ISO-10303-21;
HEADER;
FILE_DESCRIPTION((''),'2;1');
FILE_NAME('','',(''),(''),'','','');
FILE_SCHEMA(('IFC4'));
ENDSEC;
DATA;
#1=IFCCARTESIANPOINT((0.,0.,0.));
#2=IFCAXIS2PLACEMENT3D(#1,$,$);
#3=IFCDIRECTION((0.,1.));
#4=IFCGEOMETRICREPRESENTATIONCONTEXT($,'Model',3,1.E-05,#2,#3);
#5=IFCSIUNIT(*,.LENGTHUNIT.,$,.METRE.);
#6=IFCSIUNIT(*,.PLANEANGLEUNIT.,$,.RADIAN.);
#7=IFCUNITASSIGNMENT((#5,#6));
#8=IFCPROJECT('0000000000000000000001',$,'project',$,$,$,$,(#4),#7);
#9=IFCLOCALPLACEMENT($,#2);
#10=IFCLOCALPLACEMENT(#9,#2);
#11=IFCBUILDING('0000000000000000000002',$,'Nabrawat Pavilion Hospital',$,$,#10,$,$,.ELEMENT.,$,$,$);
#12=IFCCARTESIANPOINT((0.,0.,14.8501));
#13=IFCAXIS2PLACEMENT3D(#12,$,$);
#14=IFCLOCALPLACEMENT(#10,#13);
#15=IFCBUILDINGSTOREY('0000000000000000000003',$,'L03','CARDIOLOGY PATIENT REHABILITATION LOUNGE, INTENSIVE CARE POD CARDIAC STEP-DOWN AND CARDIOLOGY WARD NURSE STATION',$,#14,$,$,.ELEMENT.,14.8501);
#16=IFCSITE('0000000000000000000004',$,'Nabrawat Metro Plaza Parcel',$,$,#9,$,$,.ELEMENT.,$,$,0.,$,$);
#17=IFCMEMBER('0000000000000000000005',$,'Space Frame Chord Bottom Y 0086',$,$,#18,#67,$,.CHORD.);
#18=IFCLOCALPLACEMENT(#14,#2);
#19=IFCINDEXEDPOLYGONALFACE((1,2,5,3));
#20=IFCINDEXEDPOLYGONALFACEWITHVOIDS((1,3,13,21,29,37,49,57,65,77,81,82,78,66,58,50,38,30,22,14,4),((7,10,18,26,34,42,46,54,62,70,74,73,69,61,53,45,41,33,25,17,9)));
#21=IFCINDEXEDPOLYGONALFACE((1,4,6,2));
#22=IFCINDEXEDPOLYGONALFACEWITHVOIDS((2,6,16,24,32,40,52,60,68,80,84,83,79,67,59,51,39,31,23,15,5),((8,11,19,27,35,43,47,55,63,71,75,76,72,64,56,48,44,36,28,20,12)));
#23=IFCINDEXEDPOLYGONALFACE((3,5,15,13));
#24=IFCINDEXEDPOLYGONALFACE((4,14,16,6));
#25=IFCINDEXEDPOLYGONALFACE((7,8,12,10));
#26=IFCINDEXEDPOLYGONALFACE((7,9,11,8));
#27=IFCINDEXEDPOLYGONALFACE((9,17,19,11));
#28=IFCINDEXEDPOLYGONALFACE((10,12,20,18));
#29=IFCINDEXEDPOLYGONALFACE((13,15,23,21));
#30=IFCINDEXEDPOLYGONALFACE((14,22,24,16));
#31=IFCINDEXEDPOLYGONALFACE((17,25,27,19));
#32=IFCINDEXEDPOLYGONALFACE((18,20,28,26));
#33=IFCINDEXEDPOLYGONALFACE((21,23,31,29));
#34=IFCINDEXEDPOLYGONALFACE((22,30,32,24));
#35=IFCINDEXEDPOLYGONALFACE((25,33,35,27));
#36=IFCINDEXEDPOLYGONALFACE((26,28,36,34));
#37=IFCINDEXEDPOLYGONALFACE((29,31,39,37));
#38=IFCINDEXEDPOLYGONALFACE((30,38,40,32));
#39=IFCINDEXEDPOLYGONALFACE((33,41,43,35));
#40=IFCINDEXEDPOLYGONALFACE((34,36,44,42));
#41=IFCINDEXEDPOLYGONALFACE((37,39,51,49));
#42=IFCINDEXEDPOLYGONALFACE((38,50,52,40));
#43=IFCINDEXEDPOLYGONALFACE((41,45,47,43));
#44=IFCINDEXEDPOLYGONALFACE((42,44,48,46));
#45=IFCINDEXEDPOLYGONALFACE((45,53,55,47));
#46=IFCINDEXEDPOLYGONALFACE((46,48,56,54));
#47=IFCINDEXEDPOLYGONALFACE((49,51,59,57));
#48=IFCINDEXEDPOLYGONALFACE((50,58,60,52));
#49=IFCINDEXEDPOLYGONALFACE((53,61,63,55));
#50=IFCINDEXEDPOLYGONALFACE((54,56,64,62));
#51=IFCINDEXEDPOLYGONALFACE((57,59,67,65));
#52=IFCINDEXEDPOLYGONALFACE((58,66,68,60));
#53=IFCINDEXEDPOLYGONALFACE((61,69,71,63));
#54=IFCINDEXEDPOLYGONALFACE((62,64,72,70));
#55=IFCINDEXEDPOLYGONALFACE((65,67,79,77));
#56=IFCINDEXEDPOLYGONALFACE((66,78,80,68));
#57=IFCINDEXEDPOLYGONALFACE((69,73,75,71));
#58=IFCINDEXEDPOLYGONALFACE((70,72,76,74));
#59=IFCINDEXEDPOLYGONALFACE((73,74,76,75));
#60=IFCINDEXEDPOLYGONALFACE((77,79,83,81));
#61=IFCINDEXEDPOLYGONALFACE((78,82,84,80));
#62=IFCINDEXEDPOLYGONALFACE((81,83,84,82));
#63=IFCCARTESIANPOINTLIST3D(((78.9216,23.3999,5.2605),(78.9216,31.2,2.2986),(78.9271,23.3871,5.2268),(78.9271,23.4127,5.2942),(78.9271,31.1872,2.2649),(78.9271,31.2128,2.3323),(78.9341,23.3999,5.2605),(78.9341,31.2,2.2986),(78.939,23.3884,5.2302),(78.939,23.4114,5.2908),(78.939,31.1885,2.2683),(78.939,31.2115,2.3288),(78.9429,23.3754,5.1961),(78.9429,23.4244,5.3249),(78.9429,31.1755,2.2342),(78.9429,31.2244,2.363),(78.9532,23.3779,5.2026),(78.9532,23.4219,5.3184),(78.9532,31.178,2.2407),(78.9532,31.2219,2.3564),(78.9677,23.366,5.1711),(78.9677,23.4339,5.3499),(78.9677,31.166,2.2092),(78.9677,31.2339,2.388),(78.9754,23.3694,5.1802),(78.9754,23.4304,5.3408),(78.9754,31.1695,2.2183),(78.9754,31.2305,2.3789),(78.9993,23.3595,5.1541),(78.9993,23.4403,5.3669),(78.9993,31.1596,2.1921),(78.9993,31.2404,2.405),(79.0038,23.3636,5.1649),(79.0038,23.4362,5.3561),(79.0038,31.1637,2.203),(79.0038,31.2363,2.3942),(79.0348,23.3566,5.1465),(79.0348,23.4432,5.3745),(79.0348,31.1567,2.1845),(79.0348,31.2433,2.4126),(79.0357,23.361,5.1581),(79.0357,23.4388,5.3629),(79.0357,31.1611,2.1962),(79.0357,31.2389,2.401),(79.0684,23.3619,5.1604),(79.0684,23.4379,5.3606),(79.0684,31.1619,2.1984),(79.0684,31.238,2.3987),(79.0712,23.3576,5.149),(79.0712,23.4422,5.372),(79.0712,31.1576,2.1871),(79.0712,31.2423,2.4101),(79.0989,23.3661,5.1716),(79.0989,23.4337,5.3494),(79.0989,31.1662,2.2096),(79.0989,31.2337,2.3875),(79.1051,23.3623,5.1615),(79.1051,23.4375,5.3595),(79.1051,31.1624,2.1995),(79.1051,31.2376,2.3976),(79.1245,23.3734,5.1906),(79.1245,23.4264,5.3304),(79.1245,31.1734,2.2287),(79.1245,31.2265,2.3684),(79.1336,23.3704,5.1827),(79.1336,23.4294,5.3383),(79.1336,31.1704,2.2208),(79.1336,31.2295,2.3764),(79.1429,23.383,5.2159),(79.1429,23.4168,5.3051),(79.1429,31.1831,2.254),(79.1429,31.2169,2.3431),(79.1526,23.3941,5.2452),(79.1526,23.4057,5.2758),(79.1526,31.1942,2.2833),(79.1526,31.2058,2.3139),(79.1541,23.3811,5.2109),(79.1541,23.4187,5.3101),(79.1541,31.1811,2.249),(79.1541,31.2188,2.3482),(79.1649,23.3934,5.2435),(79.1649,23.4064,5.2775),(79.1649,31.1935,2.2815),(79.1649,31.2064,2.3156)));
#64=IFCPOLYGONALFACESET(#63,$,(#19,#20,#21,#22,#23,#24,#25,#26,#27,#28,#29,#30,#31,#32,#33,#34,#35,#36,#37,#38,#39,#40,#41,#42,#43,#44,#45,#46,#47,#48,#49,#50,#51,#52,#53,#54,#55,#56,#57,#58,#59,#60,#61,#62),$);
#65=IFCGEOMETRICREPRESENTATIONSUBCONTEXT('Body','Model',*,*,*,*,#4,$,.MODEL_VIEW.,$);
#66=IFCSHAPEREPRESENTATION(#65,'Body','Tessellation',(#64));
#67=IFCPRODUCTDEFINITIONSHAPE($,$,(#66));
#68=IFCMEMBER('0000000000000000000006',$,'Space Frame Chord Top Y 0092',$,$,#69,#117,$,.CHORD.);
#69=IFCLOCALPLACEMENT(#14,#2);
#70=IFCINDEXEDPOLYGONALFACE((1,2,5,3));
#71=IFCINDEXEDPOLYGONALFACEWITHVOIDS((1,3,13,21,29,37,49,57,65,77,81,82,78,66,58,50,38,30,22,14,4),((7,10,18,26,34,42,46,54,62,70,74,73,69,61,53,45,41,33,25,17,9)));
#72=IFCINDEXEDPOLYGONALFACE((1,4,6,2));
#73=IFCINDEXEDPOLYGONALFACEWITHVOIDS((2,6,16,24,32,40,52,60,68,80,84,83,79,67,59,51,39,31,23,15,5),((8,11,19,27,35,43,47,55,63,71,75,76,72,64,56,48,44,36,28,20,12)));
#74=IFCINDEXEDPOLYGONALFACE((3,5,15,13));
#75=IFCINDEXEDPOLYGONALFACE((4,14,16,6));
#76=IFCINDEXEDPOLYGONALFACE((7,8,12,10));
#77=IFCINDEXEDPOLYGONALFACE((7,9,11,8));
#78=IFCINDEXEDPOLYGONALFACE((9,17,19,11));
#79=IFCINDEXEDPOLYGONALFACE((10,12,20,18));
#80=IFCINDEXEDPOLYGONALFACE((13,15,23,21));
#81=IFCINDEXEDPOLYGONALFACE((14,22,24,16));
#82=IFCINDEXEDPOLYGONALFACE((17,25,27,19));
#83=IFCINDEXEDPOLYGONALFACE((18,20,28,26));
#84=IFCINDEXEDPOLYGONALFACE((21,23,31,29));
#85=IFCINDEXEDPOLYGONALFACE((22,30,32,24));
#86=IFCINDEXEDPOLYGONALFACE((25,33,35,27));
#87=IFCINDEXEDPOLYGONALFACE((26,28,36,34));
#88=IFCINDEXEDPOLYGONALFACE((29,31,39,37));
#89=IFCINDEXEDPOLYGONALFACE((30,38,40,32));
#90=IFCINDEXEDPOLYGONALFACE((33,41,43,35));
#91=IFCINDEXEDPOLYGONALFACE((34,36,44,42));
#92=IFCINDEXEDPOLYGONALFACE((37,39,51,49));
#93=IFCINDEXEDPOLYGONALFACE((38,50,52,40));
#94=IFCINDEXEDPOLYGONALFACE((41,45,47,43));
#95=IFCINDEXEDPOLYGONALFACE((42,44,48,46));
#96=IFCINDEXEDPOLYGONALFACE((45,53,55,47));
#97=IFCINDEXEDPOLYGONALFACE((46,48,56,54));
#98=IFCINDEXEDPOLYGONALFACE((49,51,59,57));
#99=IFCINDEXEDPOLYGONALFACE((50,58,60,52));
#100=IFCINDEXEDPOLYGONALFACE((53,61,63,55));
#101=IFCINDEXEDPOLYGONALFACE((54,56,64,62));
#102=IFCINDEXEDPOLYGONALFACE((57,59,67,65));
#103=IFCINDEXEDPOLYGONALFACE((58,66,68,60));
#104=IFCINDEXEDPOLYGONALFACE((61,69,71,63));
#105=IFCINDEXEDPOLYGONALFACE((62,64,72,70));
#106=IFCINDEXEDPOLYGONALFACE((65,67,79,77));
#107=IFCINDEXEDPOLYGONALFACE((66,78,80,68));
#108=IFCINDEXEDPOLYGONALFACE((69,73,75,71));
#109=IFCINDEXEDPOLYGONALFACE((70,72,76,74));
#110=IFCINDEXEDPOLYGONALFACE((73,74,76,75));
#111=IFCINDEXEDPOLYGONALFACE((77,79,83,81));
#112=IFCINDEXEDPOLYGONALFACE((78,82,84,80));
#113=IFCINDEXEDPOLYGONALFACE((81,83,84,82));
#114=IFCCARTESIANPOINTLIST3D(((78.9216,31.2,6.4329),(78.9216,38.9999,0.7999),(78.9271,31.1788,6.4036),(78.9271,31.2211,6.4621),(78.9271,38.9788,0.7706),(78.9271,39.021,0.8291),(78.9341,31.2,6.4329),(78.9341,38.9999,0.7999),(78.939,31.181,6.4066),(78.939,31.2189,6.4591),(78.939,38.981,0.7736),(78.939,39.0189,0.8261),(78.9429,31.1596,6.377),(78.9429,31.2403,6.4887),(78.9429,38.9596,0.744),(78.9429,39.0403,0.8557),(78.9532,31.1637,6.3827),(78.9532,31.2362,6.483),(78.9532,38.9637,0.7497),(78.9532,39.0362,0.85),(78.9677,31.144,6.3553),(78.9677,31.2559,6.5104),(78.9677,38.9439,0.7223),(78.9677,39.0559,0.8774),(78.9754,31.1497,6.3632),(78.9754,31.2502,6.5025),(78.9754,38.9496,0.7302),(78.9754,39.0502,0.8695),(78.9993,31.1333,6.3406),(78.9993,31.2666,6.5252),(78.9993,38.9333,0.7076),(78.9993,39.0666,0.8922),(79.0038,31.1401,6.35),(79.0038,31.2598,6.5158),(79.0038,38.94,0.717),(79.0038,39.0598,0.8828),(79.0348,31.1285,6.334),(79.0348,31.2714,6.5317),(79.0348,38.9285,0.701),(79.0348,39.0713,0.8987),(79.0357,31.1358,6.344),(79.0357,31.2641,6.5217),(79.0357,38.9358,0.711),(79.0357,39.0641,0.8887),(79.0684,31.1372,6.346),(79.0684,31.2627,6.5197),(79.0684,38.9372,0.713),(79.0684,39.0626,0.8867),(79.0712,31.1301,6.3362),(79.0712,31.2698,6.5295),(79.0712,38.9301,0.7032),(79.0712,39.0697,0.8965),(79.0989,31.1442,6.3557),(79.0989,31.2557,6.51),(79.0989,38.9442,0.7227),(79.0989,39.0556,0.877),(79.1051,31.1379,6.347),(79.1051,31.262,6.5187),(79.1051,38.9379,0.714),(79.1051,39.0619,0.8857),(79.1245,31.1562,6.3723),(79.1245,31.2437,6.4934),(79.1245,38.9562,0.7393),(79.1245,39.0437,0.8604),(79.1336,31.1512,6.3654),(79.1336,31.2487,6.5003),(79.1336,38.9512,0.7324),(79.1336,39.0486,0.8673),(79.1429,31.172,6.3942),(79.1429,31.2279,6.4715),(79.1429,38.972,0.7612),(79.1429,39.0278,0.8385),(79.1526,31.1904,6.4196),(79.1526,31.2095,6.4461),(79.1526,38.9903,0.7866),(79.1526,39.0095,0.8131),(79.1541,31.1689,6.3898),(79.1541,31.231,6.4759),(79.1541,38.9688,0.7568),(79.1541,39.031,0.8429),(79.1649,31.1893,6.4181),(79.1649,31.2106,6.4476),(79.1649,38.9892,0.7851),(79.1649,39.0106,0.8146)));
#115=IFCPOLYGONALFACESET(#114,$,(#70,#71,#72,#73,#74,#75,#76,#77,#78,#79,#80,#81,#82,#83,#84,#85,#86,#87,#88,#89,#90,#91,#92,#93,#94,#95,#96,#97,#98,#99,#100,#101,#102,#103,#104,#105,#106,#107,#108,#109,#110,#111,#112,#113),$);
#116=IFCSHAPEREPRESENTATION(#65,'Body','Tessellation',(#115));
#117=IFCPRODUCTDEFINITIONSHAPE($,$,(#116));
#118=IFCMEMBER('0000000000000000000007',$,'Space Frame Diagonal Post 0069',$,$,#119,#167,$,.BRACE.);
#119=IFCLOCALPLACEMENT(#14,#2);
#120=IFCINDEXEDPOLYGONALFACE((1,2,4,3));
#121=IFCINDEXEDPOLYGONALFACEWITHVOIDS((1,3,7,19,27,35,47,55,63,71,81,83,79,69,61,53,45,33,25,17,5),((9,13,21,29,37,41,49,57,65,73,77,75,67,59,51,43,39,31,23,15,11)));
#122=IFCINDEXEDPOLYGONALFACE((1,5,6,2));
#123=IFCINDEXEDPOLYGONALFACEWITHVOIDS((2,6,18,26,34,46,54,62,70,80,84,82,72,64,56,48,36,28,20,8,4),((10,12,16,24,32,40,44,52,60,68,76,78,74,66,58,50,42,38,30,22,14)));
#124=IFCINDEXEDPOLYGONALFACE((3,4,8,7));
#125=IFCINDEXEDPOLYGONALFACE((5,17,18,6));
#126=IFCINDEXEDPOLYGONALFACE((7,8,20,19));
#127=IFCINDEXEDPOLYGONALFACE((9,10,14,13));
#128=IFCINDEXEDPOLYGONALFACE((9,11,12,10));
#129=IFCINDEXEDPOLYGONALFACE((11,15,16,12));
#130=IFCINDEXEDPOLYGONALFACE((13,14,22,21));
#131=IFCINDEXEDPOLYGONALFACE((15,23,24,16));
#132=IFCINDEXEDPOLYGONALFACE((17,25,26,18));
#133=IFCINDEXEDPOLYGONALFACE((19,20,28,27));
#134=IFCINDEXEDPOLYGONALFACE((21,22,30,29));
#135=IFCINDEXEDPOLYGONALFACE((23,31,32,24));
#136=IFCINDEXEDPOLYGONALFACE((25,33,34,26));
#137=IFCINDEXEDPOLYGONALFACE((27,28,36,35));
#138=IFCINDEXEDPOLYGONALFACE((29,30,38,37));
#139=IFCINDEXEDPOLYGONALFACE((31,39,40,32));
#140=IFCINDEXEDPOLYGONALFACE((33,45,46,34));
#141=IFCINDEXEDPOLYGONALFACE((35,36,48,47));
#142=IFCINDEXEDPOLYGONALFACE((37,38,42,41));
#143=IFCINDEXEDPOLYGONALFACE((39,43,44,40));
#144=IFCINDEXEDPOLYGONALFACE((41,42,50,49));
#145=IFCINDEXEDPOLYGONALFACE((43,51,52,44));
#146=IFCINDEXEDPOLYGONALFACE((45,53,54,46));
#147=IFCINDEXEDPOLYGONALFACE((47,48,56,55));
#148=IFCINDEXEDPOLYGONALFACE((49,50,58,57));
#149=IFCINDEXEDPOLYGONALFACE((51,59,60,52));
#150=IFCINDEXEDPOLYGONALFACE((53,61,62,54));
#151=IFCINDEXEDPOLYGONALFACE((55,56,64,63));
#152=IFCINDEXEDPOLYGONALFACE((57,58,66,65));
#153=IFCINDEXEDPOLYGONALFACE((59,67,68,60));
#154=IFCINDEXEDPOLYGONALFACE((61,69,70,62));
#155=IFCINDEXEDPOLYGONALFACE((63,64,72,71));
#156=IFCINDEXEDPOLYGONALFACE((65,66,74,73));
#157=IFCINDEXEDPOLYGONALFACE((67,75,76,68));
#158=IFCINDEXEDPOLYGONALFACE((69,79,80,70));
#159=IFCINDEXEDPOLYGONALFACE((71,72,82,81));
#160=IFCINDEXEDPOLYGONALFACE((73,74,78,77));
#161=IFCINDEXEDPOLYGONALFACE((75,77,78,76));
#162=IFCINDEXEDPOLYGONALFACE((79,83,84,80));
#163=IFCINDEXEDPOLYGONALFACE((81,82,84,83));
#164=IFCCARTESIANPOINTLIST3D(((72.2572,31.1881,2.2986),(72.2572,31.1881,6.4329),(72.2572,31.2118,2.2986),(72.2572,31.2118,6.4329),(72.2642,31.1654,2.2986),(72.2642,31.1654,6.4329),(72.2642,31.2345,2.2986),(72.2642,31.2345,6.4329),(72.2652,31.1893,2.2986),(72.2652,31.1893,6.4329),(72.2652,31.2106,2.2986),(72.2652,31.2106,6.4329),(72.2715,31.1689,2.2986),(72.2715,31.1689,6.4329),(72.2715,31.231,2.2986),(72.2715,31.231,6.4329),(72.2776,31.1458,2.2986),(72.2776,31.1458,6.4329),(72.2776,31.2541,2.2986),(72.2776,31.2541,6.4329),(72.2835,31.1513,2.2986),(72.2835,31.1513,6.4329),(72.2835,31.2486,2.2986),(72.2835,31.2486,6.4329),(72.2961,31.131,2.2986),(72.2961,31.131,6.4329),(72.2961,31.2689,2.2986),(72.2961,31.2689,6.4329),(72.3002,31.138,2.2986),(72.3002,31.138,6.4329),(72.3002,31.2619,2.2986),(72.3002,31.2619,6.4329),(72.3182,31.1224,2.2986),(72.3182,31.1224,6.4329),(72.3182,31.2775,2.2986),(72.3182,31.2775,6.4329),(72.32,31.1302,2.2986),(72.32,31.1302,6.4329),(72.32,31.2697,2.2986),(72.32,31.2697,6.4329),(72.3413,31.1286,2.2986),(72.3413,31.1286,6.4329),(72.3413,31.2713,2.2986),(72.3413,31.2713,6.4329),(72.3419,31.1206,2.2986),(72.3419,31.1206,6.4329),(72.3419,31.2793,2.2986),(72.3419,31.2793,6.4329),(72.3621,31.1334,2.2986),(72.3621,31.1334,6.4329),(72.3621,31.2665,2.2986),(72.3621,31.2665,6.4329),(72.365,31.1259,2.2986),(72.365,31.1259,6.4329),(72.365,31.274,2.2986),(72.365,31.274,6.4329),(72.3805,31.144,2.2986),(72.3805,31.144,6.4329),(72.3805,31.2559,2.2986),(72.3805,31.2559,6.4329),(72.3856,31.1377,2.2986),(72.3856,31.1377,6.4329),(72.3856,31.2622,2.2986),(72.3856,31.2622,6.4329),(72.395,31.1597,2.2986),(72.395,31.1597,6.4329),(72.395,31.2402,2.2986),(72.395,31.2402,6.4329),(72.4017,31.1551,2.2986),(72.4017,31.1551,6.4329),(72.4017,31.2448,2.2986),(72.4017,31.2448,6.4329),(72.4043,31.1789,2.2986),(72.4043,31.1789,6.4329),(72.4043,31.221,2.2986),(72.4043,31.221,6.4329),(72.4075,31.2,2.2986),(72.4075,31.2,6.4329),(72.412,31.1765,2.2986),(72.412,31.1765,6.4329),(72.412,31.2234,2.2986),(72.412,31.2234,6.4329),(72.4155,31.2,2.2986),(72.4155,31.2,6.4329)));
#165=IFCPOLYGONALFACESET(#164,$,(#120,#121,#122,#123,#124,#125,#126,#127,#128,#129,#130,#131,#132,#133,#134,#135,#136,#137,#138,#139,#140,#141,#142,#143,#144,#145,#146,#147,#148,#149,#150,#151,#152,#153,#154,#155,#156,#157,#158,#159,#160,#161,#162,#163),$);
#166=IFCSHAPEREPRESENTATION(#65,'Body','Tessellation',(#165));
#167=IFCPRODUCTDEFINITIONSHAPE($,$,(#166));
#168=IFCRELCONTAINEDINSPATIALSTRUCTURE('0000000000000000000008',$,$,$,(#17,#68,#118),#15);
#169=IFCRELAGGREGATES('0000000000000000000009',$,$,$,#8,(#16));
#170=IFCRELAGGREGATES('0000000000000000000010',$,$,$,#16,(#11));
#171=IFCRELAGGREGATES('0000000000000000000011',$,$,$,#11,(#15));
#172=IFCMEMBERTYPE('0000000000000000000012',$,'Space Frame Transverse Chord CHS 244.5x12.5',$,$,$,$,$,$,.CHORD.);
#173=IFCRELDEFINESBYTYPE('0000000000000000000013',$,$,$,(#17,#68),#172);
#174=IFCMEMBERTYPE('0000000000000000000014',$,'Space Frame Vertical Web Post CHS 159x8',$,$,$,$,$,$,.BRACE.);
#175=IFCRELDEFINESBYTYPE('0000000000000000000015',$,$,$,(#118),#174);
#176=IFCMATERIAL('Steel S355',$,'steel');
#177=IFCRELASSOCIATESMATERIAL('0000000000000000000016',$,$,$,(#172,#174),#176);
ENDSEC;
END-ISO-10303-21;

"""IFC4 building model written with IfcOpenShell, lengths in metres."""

from ifc_helpers import new_model, si_unit, direction, frame, origin, origin_2d, place, context, subcontext, project, spatial, hollow_circle, extrude, material, material_profile, profile_set, type_object, element, save


model = new_model("IFC4")

# Units and contexts
model_context = context("Model", 3, precision=1e-05, world=origin(), true_north=direction((0.0, 1.0)))
body_context = subcontext(model_context, "Body", "Model", "MODEL_VIEW")
ifc_project = project(units=[si_unit("LENGTHUNIT", "METRE"), si_unit("PLANEANGLEUNIT", "RADIAN")], contexts=[model_context])

# Site, building, storey
site_placement = place(None, origin())
site = spatial("IfcSite", under=ifc_project, at=site_placement, Name="Nabrawat Metro Plaza Parcel", CompositionType="ELEMENT", RefElevation=0.0)
building_placement = place(site_placement, origin())
building = spatial("IfcBuilding", under=site, at=building_placement, Name="Nabrawat Pavilion Hospital", CompositionType="ELEMENT")
storey_placement = place(building_placement, frame((0.0, 0.0, 14.8501)))
storey = spatial("IfcBuildingStorey", under=building, at=storey_placement, Name="L03", Description="CARDIOLOGY PATIENT REHABILITATION LOUNGE, INTENSIVE CARE POD CARDIAC STEP-DOWN AND CARDIOLOGY WARD NURSE STATION", CompositionType="ELEMENT", Elevation=14.8501)

# Members
ifc_material = material(Name="Steel S355", Category="steel")
ifc_material_profile_1 = material_profile(ifc_material, hollow_circle(Radius=0.1223, WallThickness=0.0125, at=origin_2d()), Name="CHS 244.5x12.5")
ifc_profile_set_1 = profile_set([ifc_material_profile_1], Name="Steel S355")
member_type_1 = type_object("IfcMemberType", Name="Space Frame Transverse Chord CHS 244.5x12.5", PredefinedType="CHORD", material=ifc_profile_set_1)
member_1_placement = place(storey_placement, frame((79.0439, 23.3999, 5.2605), z_axis=(0.0, 0.934867, -0.354997), x_axis=(-1.0, 0.0, 0.0)))
element("IfcMember", 1, at=member_1_placement, inside=storey, type_object=member_type_1, Name="Space Frame Chord Bottom Y 0086", PredefinedType="CHORD", context=body_context, shape_type="SweptSolid", body=[
    extrude(hollow_circle(Radius=0.1223, WallThickness=0.0125, at=origin_2d()), origin(), (0.0, 0.0, 1.0), 8.3435),
])
member_2_placement = place(storey_placement, frame((79.0439, 31.2, 6.4329), z_axis=(0.0, 0.810695, -0.585469), x_axis=(-1.0, 0.0, 0.0)))
element("IfcMember", 2, at=member_2_placement, inside=storey, type_object=member_type_1, Name="Space Frame Chord Top Y 0092", PredefinedType="CHORD", context=body_context, shape_type="SweptSolid", body=[
    extrude(hollow_circle(Radius=0.1223, WallThickness=0.0125, at=origin_2d()), origin(), (0.0, 0.0, 1.0), 9.6213),
])
ifc_material_profile_2 = material_profile(ifc_material, hollow_circle(Radius=0.0796, WallThickness=0.0081, at=origin_2d()), Name="CHS 159x8")
ifc_profile_set_2 = profile_set([ifc_material_profile_2], Name="Steel S355")
member_type_2 = type_object("IfcMemberType", Name="Space Frame Vertical Web Post CHS 159x8", PredefinedType="BRACE", material=ifc_profile_set_2)
member_3_placement = place(storey_placement, frame((72.3359, 31.2, 2.2986), z_axis=(0.0, 0.0, 1.0), x_axis=(1.0, 0.0, 0.0)))
element("IfcMember", 3, at=member_3_placement, inside=storey, type_object=member_type_2, Name="Space Frame Diagonal Post 0069", PredefinedType="BRACE", context=body_context, shape_type="SweptSolid", body=[
    extrude(hollow_circle(Radius=0.0796, WallThickness=0.0081, at=origin_2d()), origin(), (0.0, 0.0, 1.0), 4.1343),
])

save(model, "model.ifc")
